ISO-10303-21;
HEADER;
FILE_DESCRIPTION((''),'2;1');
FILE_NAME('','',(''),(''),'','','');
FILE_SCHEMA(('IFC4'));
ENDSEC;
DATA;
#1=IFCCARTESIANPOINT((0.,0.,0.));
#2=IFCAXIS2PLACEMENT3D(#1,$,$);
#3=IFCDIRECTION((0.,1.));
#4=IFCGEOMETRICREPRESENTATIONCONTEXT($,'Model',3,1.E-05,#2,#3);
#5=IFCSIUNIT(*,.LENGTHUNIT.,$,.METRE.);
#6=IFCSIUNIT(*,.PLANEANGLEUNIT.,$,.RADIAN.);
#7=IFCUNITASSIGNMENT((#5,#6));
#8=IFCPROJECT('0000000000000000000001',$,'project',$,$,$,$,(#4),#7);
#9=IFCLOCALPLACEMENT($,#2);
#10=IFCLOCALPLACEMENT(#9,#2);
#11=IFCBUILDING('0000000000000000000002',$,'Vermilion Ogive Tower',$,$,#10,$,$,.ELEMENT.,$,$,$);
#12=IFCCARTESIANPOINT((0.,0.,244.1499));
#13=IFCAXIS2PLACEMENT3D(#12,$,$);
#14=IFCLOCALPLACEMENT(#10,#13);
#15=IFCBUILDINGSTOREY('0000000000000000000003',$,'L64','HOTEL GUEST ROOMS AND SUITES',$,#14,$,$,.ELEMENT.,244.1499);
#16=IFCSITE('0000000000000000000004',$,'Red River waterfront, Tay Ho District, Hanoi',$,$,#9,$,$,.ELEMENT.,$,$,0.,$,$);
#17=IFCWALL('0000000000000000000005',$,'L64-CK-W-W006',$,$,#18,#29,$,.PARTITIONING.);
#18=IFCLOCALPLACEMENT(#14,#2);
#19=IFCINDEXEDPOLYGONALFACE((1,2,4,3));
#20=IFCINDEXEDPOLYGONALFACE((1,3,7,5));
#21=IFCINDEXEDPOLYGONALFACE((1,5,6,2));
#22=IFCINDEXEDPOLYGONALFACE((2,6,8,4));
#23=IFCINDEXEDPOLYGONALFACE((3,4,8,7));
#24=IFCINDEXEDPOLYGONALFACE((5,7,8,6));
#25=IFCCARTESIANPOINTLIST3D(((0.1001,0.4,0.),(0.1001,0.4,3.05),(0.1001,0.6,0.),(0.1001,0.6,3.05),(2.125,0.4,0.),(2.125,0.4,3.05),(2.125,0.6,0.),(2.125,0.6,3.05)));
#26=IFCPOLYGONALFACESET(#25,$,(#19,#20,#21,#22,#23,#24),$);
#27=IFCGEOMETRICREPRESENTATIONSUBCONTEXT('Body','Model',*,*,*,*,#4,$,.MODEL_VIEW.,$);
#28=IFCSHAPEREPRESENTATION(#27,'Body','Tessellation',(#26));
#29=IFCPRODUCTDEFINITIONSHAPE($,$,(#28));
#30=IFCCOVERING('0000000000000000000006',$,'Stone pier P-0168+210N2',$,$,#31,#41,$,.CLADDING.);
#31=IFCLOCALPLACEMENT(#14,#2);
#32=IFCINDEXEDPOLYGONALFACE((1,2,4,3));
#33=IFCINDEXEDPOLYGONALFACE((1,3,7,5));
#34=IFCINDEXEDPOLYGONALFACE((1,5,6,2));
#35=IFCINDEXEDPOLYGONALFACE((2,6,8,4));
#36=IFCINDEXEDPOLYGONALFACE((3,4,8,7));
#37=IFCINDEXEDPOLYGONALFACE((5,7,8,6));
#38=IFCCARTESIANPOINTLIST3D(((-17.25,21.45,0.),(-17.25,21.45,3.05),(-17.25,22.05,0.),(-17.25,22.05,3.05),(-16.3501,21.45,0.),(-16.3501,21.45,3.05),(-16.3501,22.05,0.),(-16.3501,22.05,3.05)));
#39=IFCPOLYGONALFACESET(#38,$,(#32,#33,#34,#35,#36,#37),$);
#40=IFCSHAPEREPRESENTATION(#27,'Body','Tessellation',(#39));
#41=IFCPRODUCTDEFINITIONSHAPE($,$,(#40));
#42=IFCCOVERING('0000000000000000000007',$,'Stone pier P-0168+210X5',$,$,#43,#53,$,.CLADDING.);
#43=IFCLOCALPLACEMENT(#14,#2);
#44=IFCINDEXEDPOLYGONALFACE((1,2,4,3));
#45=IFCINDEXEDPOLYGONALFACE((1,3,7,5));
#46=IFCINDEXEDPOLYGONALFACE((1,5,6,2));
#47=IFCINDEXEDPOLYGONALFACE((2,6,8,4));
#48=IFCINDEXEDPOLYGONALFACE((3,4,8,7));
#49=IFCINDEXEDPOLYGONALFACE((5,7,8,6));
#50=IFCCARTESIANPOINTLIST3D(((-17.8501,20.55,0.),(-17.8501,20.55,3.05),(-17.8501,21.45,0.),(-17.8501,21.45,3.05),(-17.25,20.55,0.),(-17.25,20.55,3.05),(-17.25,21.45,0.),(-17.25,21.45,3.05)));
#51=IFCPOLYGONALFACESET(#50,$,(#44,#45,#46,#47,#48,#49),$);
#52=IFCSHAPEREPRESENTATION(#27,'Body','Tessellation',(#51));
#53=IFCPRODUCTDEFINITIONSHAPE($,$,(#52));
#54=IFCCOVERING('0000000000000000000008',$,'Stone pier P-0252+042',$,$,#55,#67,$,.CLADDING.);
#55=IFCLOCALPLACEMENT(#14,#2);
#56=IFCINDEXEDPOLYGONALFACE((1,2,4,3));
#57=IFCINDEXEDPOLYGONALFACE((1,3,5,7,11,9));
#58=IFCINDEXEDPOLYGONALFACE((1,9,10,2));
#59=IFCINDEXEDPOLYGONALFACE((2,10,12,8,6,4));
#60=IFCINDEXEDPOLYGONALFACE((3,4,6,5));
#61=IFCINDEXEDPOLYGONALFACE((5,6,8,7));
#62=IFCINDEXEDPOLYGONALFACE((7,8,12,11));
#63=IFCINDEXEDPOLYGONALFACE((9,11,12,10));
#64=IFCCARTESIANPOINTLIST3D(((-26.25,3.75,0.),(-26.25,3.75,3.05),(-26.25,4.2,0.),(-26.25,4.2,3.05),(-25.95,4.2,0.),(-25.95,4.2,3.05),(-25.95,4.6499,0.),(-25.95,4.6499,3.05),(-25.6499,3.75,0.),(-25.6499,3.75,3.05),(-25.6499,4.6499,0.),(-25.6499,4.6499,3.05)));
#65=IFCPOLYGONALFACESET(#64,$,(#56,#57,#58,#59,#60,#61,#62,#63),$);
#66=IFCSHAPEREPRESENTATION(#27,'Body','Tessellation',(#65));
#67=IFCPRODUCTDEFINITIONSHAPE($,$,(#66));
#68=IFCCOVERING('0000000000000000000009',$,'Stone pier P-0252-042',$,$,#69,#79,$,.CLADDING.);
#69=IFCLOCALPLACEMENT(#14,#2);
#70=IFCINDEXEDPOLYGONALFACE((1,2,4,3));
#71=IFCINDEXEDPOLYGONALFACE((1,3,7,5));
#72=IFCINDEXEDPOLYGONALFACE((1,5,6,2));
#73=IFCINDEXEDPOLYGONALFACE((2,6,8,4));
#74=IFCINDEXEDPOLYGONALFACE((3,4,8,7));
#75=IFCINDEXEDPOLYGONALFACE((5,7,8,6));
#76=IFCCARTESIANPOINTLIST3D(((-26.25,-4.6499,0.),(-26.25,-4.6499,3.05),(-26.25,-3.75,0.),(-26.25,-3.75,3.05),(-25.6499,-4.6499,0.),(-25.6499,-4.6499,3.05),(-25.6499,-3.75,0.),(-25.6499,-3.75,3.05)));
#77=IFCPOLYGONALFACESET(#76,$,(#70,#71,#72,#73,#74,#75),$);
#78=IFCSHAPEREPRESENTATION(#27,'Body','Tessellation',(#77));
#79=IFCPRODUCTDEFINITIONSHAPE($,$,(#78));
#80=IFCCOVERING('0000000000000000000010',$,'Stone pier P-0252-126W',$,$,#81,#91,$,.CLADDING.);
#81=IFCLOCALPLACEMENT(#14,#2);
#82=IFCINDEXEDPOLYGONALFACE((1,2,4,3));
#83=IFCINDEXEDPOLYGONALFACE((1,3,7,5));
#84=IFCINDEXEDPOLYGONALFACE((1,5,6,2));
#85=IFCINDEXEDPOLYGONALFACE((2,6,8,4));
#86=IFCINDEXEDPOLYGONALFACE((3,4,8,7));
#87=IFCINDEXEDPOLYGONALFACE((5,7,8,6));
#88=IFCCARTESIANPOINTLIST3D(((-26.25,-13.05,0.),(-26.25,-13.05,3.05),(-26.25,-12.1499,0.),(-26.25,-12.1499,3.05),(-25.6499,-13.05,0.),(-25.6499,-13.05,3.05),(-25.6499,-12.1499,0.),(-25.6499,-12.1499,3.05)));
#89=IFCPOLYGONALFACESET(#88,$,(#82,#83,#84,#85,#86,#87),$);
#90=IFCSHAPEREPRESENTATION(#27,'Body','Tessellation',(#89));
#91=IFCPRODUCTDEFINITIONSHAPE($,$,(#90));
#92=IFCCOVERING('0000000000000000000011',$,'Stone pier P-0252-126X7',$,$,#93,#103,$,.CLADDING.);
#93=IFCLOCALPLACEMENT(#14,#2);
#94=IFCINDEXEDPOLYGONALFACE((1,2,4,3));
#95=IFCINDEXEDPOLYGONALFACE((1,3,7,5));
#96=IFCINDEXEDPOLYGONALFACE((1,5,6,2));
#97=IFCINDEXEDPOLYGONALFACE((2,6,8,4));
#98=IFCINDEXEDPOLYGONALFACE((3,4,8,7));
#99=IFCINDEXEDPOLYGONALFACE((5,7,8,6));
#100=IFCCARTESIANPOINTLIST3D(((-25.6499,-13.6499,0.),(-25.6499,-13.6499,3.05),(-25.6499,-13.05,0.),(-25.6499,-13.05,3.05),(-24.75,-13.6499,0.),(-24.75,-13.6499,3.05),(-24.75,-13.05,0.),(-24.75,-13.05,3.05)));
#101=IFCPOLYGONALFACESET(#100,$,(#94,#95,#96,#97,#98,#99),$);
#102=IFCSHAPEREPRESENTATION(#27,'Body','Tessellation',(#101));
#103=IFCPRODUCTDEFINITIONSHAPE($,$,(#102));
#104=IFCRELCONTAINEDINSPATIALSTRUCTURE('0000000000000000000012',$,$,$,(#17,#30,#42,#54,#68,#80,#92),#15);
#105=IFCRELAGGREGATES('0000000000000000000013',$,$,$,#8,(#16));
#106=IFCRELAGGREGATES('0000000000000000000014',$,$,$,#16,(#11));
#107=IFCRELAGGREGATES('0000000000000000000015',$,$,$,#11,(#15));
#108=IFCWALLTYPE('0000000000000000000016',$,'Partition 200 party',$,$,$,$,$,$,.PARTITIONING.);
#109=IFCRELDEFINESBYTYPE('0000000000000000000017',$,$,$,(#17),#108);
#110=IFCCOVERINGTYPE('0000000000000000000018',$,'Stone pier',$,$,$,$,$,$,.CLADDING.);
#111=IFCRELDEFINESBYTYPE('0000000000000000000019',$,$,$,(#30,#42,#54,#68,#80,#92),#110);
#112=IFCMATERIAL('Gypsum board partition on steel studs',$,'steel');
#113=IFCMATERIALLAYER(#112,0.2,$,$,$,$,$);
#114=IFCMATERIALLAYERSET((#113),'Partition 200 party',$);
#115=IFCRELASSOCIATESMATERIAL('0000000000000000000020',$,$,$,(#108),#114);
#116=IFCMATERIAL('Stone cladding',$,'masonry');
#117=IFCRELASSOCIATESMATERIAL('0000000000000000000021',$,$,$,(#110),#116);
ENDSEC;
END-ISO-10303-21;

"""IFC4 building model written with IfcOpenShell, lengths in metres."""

from ifc_helpers import new_model, si_unit, direction, frame, frame_2d, origin, place, context, subcontext, project, spatial, polyline, rectangle, outline, extrude, material, layer, layer_set, type_object, element, save


model = new_model("IFC4")

# Units and contexts
model_context = context("Model", 3, precision=1e-05, world=origin(), true_north=direction((0.0, 1.0)))
body_context = subcontext(model_context, "Body", "Model", "MODEL_VIEW")
ifc_project = project(units=[si_unit("LENGTHUNIT", "METRE"), si_unit("PLANEANGLEUNIT", "RADIAN")], contexts=[model_context])

# Site, building, storey
site_placement = place(None, origin())
site = spatial("IfcSite", under=ifc_project, at=site_placement, Name="Red River waterfront, Tay Ho District, Hanoi", CompositionType="ELEMENT", RefElevation=0.0)
building_placement = place(site_placement, origin())
building = spatial("IfcBuilding", under=site, at=building_placement, Name="Vermilion Ogive Tower", CompositionType="ELEMENT")
storey_placement = place(building_placement, frame((0.0, 0.0, 244.1499)))
storey = spatial("IfcBuildingStorey", under=building, at=storey_placement, Name="L64", Description="HOTEL GUEST ROOMS AND SUITES", CompositionType="ELEMENT", Elevation=244.1499)

# Wall
ifc_material_1 = material(Name="Gypsum board partition on steel studs", Category="steel")
ifc_layer_1 = layer(ifc_material_1, 0.2)
ifc_layer_set_1 = layer_set([ifc_layer_1], Name="Partition 200 party")
wall_type = type_object("IfcWallType", Name="Partition 200 party", PredefinedType="PARTITIONING", material=ifc_layer_set_1)
wall_placement = place(storey_placement, frame((0.1001, 0.5, 0.0), z_axis=(0.0, 0.0, 1.0), x_axis=(1.0, 0.0, 0.0)))
element("IfcWall", 1, at=wall_placement, inside=storey, type_object=wall_type, Name="L64-CK-W-W006", PredefinedType="PARTITIONING", context=body_context, shape_type="SweptSolid", body=[
    extrude(rectangle(XDim=2.0249, YDim=0.2, at=frame_2d((1.0125, 0.0))), origin(), (0.0, 0.0, 1.0), 3.05),
])

# Coverings
ifc_material_2 = material(Name="Stone cladding", Category="masonry")
covering_type = type_object("IfcCoveringType", Name="Stone pier", PredefinedType="CLADDING", material=ifc_material_2)
covering_1_placement = place(storey_placement, origin())
element("IfcCovering", 2, at=covering_1_placement, inside=storey, type_object=covering_type, Name="Stone pier P-0168+210N2", PredefinedType="CLADDING", context=body_context, shape_type="SweptSolid", body=[
    extrude(outline(polyline([(-17.25, 21.45), (-17.25, 22.05), (-16.3501, 22.05), (-16.3501, 21.45), (-17.25, 21.45), (-17.25, 21.45)])), origin(), (0.0, 0.0, 1.0), 3.05),
])
covering_2_placement = place(storey_placement, origin())
element("IfcCovering", 3, at=covering_2_placement, inside=storey, type_object=covering_type, Name="Stone pier P-0168+210X5", PredefinedType="CLADDING", context=body_context, shape_type="SweptSolid", body=[
    extrude(outline(polyline([(-17.8501, 21.45), (-17.25, 21.45), (-17.25, 21.45), (-17.25, 20.55), (-17.8501, 20.55), (-17.8501, 21.45)])), origin(), (0.0, 0.0, 1.0), 3.05),
])
covering_3_placement = place(storey_placement, origin())
element("IfcCovering", 4, at=covering_3_placement, inside=storey, type_object=covering_type, Name="Stone pier P-0252+042", PredefinedType="CLADDING", context=body_context, shape_type="SweptSolid", body=[
    extrude(outline(polyline([(-26.25, 3.75), (-26.25, 4.2), (-25.95, 4.2), (-25.95, 4.6499), (-25.6499, 4.6499), (-25.6499, 3.75), (-26.25, 3.75)])), origin(), (0.0, 0.0, 1.0), 3.05),
])
covering_4_placement = place(storey_placement, origin())
element("IfcCovering", 5, at=covering_4_placement, inside=storey, type_object=covering_type, Name="Stone pier P-0252-042", PredefinedType="CLADDING", context=body_context, shape_type="SweptSolid", body=[
    extrude(outline(polyline([(-26.25, -4.6499), (-26.25, -3.75), (-25.6499, -3.75), (-25.6499, -4.6499), (-26.25, -4.6499)])), origin(), (0.0, 0.0, 1.0), 3.05),
])
covering_5_placement = place(storey_placement, origin())
element("IfcCovering", 6, at=covering_5_placement, inside=storey, type_object=covering_type, Name="Stone pier P-0252-126W", PredefinedType="CLADDING", context=body_context, shape_type="SweptSolid", body=[
    extrude(outline(polyline([(-26.25, -13.05), (-26.25, -12.1499), (-25.6499, -12.1499), (-25.6499, -13.05), (-26.25, -13.05)])), origin(), (0.0, 0.0, 1.0), 3.05),
])
covering_6_placement = place(storey_placement, origin())
element("IfcCovering", 7, at=covering_6_placement, inside=storey, type_object=covering_type, Name="Stone pier P-0252-126X7", PredefinedType="CLADDING", context=body_context, shape_type="SweptSolid", body=[
    extrude(outline(polyline([(-25.6499, -13.6499), (-25.6499, -13.05), (-24.75, -13.05), (-24.75, -13.6499), (-25.6499, -13.6499)])), origin(), (0.0, 0.0, 1.0), 3.05),
])

save(model, "model.ifc")
